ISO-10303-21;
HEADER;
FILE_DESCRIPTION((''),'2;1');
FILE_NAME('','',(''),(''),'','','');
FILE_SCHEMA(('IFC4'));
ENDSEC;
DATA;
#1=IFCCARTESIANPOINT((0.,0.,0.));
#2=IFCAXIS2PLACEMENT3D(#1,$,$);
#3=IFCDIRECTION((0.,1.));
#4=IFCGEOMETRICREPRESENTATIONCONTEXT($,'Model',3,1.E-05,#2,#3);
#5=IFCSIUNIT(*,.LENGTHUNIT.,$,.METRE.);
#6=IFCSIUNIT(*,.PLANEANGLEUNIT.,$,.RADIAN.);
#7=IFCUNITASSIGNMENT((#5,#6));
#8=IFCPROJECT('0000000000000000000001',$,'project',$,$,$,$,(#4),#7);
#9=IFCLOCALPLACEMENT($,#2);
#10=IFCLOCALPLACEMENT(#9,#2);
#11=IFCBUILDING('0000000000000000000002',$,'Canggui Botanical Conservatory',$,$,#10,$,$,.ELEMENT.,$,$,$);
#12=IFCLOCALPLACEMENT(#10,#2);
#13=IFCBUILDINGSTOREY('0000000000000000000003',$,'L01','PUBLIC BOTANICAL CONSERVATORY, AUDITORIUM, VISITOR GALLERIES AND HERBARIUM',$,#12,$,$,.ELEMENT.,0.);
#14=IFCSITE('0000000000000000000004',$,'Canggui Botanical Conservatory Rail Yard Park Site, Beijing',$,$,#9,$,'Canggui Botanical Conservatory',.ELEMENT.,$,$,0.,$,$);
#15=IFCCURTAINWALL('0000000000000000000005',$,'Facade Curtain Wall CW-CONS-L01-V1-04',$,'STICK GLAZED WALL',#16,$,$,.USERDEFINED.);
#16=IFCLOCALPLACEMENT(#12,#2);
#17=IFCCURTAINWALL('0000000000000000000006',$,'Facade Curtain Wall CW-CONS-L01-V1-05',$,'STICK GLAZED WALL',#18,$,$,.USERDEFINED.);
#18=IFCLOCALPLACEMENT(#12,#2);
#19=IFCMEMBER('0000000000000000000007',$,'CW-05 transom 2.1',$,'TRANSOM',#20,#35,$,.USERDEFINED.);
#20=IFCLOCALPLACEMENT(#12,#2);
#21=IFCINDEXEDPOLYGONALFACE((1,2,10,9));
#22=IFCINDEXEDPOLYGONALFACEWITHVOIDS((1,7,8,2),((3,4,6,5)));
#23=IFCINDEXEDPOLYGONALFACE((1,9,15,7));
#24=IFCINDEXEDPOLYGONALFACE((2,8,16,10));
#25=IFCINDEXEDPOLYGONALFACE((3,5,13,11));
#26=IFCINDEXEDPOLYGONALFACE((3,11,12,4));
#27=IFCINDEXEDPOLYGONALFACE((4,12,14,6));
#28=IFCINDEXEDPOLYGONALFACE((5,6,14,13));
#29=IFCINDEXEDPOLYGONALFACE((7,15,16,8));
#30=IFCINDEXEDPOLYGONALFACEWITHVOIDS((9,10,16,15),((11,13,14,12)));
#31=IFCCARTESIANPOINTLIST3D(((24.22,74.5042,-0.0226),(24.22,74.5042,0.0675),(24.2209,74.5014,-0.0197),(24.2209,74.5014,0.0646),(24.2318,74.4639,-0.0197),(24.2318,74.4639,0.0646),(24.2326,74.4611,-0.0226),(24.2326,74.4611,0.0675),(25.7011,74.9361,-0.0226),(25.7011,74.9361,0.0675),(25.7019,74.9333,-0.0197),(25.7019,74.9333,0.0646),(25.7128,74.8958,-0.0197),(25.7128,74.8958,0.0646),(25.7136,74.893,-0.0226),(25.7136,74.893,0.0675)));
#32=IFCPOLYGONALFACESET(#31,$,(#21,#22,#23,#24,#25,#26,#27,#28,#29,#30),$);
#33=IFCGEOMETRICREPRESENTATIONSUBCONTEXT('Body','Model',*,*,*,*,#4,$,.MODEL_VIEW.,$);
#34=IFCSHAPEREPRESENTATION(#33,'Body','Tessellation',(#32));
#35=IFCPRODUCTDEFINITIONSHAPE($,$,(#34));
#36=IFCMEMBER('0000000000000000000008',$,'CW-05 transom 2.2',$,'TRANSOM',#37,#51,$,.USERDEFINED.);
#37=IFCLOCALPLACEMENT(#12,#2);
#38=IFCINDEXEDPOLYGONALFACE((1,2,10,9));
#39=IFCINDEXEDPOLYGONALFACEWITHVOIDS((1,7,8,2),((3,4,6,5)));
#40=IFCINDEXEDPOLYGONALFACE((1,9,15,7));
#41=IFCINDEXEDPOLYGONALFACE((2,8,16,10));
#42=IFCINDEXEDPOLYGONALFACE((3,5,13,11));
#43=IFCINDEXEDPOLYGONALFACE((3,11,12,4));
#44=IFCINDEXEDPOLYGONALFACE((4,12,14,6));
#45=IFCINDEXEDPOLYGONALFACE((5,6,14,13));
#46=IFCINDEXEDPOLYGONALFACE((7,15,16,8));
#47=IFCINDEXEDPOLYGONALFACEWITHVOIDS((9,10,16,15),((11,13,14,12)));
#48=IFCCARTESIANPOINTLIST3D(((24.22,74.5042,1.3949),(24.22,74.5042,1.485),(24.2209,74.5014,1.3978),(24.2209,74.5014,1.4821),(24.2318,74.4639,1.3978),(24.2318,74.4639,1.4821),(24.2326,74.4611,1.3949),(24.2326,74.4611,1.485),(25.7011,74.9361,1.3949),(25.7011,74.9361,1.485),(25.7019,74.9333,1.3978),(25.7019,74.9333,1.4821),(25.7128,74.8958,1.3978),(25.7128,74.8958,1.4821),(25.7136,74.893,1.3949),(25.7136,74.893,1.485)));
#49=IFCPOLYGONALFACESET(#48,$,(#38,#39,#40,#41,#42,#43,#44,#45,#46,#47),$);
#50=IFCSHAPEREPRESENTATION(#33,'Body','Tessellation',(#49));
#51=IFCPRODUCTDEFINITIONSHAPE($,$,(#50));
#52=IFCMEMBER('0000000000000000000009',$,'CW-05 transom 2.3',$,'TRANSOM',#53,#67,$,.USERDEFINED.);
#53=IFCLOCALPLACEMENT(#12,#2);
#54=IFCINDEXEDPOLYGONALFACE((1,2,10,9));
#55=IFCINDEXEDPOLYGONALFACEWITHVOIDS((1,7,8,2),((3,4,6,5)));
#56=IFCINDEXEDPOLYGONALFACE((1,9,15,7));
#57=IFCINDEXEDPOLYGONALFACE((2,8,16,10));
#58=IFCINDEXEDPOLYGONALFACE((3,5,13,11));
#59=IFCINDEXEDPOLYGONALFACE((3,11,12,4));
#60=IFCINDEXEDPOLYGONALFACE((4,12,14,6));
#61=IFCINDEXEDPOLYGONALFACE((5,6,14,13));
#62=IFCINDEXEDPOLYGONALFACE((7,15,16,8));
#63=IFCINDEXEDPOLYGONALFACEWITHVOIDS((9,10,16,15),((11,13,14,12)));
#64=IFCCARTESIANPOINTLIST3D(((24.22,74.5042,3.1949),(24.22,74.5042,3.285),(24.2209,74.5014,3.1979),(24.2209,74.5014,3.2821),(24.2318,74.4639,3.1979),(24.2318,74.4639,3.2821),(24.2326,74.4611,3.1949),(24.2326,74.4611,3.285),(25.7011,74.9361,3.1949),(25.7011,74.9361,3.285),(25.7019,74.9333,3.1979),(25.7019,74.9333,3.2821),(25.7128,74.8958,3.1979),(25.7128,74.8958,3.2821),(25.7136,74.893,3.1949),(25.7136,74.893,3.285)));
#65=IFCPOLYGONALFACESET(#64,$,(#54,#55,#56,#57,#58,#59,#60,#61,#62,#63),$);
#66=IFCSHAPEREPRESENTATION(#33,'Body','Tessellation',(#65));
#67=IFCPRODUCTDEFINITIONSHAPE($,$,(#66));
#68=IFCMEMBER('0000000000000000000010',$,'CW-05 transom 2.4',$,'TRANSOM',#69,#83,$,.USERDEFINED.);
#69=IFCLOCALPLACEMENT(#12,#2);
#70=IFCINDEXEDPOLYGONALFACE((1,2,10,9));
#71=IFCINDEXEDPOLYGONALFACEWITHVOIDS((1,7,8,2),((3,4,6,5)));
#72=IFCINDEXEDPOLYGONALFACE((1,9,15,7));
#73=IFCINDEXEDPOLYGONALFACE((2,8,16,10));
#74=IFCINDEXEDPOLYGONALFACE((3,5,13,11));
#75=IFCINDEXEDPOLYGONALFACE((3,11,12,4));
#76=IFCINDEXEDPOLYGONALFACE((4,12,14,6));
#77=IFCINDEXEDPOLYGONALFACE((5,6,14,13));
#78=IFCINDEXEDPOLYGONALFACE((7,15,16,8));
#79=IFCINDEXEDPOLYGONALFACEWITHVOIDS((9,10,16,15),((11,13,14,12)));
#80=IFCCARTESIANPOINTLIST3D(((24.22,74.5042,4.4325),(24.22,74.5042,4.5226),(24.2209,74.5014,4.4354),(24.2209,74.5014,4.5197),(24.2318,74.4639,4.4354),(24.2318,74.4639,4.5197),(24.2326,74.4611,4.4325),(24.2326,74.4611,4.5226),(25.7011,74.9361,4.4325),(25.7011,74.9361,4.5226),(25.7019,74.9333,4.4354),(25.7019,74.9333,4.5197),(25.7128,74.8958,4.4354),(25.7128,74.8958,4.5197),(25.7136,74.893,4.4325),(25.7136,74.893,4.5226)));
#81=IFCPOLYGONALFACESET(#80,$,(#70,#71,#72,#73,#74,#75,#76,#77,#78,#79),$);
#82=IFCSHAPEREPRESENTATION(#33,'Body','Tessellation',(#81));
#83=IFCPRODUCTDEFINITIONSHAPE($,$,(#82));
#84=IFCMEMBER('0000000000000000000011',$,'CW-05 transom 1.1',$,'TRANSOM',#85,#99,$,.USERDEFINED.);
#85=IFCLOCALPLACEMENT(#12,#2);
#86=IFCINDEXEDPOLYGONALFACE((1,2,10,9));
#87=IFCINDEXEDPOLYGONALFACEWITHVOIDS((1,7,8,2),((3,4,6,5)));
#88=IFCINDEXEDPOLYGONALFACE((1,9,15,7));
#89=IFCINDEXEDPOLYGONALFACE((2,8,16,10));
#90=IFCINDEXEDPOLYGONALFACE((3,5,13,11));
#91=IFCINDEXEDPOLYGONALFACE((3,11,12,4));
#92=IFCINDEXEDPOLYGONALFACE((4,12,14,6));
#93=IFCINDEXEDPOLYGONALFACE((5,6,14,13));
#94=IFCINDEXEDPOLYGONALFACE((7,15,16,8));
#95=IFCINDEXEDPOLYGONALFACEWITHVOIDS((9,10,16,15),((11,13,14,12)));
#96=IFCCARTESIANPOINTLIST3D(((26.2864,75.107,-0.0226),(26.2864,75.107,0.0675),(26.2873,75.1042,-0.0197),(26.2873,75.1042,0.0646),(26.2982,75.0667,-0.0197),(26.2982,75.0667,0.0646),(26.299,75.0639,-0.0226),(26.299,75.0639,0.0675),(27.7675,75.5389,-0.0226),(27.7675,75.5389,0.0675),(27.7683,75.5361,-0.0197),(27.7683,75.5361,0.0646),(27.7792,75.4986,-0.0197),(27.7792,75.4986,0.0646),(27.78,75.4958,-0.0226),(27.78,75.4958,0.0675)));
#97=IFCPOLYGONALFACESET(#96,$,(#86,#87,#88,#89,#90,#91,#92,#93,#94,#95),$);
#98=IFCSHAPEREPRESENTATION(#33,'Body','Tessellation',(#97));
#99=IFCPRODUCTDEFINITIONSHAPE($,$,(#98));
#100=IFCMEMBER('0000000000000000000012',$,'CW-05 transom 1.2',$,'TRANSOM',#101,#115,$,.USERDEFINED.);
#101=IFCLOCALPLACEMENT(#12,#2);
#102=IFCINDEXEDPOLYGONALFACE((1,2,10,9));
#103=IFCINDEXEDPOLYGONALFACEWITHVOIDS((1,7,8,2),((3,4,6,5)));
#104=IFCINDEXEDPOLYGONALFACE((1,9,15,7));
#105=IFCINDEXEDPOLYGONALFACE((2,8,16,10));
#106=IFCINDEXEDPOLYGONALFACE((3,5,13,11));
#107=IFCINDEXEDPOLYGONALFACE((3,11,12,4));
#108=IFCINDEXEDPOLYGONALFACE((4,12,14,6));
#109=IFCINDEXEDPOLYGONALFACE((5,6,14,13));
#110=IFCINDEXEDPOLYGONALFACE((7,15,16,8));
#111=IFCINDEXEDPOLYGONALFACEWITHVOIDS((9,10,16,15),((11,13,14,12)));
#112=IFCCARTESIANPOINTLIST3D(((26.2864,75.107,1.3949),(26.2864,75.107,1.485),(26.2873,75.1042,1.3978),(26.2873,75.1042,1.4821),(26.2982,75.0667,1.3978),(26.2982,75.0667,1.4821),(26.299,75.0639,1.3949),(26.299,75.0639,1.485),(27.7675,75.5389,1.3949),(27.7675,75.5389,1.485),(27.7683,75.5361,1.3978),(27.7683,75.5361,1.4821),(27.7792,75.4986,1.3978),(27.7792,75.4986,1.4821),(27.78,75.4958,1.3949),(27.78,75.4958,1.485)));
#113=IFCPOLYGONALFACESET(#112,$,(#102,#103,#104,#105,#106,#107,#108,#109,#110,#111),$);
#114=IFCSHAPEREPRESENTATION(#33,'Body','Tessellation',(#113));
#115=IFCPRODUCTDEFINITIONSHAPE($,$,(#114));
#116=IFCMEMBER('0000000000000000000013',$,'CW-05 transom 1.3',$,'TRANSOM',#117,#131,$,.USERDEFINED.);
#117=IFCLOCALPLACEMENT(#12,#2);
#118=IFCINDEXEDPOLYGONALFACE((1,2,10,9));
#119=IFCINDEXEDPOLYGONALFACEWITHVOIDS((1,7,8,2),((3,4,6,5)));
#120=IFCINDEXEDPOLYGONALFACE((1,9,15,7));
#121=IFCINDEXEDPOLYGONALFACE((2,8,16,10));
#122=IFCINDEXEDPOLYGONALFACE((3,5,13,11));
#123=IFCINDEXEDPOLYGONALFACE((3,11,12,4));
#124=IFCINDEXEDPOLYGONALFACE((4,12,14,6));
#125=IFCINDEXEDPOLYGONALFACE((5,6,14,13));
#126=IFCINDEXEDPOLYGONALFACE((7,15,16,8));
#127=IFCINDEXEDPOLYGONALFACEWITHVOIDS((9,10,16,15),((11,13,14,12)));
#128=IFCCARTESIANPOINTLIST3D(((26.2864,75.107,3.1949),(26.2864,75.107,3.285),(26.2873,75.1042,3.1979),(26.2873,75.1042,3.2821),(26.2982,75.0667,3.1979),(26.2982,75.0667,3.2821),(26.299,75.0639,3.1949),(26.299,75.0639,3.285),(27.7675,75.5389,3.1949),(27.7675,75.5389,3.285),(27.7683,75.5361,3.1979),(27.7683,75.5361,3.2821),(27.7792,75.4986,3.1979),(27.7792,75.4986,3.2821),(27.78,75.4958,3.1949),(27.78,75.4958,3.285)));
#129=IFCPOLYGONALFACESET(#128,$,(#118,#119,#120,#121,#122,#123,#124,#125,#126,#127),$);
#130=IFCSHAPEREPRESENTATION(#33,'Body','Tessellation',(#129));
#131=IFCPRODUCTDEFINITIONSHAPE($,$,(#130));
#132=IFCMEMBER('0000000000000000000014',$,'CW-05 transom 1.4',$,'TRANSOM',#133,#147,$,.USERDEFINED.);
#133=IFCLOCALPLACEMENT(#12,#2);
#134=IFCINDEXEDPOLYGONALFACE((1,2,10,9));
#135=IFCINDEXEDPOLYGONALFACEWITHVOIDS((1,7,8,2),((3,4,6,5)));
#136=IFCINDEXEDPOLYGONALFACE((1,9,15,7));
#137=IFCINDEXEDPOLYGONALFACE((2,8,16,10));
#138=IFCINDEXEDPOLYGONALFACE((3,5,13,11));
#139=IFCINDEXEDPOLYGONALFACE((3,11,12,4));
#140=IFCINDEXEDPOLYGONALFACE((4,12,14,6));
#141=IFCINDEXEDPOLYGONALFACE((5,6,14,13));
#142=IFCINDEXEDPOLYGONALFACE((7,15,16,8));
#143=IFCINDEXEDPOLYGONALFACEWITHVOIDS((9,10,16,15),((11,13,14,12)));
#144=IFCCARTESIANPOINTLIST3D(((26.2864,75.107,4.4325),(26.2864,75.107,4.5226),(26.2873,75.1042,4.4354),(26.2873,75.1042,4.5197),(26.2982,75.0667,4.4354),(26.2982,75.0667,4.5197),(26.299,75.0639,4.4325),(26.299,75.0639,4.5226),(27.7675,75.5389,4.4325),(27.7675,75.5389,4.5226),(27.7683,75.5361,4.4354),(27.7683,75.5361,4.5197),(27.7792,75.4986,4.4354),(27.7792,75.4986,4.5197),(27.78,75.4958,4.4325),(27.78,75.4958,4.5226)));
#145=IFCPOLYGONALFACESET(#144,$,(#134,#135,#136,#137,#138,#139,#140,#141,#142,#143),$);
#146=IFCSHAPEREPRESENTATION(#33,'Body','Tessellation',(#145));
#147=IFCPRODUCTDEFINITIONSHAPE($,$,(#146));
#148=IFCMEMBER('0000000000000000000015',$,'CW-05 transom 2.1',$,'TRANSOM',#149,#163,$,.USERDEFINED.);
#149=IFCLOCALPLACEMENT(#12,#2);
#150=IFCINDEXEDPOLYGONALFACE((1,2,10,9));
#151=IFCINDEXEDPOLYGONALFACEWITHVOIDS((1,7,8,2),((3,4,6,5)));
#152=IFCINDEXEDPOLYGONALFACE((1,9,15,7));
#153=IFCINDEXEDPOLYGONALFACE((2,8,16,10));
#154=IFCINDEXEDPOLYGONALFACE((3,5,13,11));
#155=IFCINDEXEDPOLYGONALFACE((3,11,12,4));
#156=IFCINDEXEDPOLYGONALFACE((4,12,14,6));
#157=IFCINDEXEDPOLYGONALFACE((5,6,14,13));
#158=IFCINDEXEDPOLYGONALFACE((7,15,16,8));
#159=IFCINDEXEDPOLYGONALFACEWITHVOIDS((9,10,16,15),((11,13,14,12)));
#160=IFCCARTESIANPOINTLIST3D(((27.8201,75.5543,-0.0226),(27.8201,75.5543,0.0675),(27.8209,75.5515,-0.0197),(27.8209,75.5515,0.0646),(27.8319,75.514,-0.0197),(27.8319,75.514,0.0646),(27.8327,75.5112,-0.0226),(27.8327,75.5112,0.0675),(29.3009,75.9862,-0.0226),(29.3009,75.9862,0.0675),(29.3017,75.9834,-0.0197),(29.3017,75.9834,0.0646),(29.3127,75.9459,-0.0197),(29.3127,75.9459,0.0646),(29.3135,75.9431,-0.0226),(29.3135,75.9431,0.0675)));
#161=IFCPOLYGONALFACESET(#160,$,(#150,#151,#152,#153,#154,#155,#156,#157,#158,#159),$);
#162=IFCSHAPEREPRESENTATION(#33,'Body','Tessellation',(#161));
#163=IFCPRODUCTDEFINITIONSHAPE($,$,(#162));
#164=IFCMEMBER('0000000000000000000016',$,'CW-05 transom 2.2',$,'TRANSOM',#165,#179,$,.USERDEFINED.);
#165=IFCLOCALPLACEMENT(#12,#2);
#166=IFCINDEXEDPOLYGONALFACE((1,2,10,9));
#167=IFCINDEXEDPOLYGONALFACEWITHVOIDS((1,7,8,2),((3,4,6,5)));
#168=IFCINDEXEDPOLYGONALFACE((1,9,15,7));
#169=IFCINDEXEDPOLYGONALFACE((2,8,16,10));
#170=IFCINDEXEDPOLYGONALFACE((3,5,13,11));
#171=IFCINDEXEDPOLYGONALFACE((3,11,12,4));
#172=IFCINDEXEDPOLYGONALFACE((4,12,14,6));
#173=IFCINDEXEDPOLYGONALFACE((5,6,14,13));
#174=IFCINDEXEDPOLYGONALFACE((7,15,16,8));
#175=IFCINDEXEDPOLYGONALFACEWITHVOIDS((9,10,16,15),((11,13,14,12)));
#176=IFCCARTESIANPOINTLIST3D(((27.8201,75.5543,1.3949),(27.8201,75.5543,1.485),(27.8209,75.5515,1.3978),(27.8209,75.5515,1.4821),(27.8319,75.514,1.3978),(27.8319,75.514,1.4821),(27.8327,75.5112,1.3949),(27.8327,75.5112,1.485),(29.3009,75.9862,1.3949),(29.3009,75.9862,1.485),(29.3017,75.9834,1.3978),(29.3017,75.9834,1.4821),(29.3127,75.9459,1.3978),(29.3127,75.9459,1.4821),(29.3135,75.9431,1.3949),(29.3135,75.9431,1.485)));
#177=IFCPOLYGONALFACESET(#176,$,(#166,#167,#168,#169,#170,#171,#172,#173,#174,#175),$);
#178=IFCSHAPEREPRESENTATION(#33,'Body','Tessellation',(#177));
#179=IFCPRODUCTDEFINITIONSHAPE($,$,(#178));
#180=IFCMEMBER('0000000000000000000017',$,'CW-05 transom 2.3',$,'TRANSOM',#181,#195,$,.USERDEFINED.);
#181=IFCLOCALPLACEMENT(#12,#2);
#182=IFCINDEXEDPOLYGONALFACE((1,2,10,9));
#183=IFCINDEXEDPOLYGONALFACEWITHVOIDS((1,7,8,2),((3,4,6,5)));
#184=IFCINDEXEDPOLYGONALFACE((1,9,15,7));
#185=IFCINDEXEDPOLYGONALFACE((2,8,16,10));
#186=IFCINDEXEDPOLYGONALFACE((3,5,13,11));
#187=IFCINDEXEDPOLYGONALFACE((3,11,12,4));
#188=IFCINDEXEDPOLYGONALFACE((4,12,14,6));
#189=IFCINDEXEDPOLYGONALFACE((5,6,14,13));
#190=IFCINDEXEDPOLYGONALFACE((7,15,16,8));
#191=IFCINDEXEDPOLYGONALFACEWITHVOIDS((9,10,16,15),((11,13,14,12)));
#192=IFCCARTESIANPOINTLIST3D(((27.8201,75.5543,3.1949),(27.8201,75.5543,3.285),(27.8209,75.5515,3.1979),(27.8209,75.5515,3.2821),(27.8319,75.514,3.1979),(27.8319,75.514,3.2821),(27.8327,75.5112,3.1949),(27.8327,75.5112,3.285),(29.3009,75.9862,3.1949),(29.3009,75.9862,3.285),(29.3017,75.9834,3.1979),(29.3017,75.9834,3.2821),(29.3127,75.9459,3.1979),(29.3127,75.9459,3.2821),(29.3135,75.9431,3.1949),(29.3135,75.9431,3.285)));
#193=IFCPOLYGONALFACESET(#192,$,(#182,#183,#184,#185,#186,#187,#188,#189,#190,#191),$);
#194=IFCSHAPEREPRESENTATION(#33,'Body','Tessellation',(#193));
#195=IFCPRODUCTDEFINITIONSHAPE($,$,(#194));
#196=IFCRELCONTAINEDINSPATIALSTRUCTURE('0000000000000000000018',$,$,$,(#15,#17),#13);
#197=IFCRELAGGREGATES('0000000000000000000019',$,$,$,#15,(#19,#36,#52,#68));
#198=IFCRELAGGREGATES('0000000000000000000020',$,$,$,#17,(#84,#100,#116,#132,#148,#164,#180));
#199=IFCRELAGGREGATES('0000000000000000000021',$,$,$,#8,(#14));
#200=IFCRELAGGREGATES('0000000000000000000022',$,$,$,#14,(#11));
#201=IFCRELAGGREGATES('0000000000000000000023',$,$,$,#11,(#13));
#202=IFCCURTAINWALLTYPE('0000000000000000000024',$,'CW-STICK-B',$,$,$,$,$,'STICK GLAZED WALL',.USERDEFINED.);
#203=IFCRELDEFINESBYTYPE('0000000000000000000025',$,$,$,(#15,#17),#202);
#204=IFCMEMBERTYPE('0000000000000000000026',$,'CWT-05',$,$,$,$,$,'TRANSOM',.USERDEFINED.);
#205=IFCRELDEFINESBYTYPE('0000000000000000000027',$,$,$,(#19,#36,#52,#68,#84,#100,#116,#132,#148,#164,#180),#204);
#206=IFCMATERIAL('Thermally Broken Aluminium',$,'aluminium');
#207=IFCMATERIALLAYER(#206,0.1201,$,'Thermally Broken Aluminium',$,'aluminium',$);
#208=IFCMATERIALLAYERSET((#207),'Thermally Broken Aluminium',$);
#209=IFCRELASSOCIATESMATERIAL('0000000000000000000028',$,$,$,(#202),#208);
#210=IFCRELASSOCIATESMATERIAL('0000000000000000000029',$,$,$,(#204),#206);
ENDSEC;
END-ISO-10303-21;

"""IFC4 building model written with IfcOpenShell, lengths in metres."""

from ifc_helpers import new_model, si_unit, direction, frame, origin, origin_2d, place, context, subcontext, project, spatial, hollow_rectangle, extrude, material, layer, layer_set, material_profile, profile_set, type_object, element, aggregate, save


model = new_model("IFC4")

# Units and contexts
model_context = context("Model", 3, precision=1e-05, world=origin(), true_north=direction((0.0, 1.0)))
body_context = subcontext(model_context, "Body", "Model", "MODEL_VIEW")
ifc_project = project(units=[si_unit("LENGTHUNIT", "METRE"), si_unit("PLANEANGLEUNIT", "RADIAN")], contexts=[model_context])

# Site, building, storey
site_placement = place(None, origin())
site = spatial("IfcSite", under=ifc_project, at=site_placement, Name="Canggui Botanical Conservatory Rail Yard Park Site, Beijing", LongName="Canggui Botanical Conservatory", CompositionType="ELEMENT", RefElevation=0.0)
building_placement = place(site_placement, origin())
building = spatial("IfcBuilding", under=site, at=building_placement, Name="Canggui Botanical Conservatory", CompositionType="ELEMENT")
storey_placement = place(building_placement, origin())
storey = spatial("IfcBuildingStorey", under=building, at=storey_placement, Name="L01", Description="PUBLIC BOTANICAL CONSERVATORY, AUDITORIUM, VISITOR GALLERIES AND HERBARIUM", CompositionType="ELEMENT", Elevation=0.0)

# Curtain walls
ifc_material_1 = material(Name="Thermally Broken Aluminium", Category="aluminium")
ifc_layer_1 = layer(ifc_material_1, 0.1201, Name="Thermally Broken Aluminium", Category="aluminium")
ifc_layer_set_1 = layer_set([ifc_layer_1], Name="Thermally Broken Aluminium")
curtain_wall_type = type_object("IfcCurtainWallType", Name="CW-STICK-B", ElementType="STICK GLAZED WALL", PredefinedType="USERDEFINED", material=ifc_layer_set_1)
curtain_wall_1_placement = place(storey_placement, origin())
curtain_wall_1 = element("IfcCurtainWall", 1, at=curtain_wall_1_placement, inside=storey, type_object=curtain_wall_type, Name="Facade Curtain Wall CW-CONS-L01-V1-04", ObjectType="STICK GLAZED WALL", PredefinedType="USERDEFINED")
curtain_wall_2_placement = place(storey_placement, origin())
curtain_wall_2 = element("IfcCurtainWall", 2, at=curtain_wall_2_placement, inside=storey, type_object=curtain_wall_type, Name="Facade Curtain Wall CW-CONS-L01-V1-05", ObjectType="STICK GLAZED WALL", PredefinedType="USERDEFINED")

# Members
ifc_material_profile_1 = material_profile(ifc_material_1, hollow_rectangle(XDim=0.0449, YDim=0.0901, WallThickness=0.0029, at=origin_2d()), Name="CWT 45x90x3")
ifc_profile_set_1 = profile_set([ifc_material_profile_1], Name="Thermally Broken Aluminium")
member_type_1 = type_object("IfcMemberType", Name="CWT-05", ElementType="TRANSOM", PredefinedType="USERDEFINED", material=ifc_profile_set_1)
member_1_placement = place(storey_placement, frame((24.2263, 74.4827, 0.0225), z_axis=(0.960011, 0.279964, 0.0), x_axis=(-0.279964, 0.960011, 0.0)))
member_1 = element("IfcMember", 3, at=member_1_placement, type_object=member_type_1, Name="CW-05 transom 2.1", ObjectType="TRANSOM", PredefinedType="USERDEFINED", context=body_context, shape_type="SweptSolid", body=[
    extrude(hollow_rectangle(XDim=0.0449, YDim=0.0901, WallThickness=0.0029, at=origin_2d()), origin(), (0.0, 0.0, 1.0), 1.5427),
])
member_2_placement = place(storey_placement, frame((24.2263, 74.4827, 1.4399), z_axis=(0.960011, 0.279964, 0.0), x_axis=(-0.279964, 0.960011, 0.0)))
member_2 = element("IfcMember", 4, at=member_2_placement, type_object=member_type_1, Name="CW-05 transom 2.2", ObjectType="TRANSOM", PredefinedType="USERDEFINED", context=body_context, shape_type="SweptSolid", body=[
    extrude(hollow_rectangle(XDim=0.0449, YDim=0.0901, WallThickness=0.0029, at=origin_2d()), origin(), (0.0, 0.0, 1.0), 1.5427),
])
member_3_placement = place(storey_placement, frame((24.2263, 74.4827, 3.24), z_axis=(0.960011, 0.279964, 0.0), x_axis=(-0.279964, 0.960011, 0.0)))
member_3 = element("IfcMember", 5, at=member_3_placement, type_object=member_type_1, Name="CW-05 transom 2.3", ObjectType="TRANSOM", PredefinedType="USERDEFINED", context=body_context, shape_type="SweptSolid", body=[
    extrude(hollow_rectangle(XDim=0.0449, YDim=0.0901, WallThickness=0.0029, at=origin_2d()), origin(), (0.0, 0.0, 1.0), 1.5427),
])
member_4_placement = place(storey_placement, frame((24.2263, 74.4827, 4.4775), z_axis=(0.960011, 0.279964, 0.0), x_axis=(-0.279964, 0.960011, 0.0)))
member_4 = element("IfcMember", 6, at=member_4_placement, type_object=member_type_1, Name="CW-05 transom 2.4", ObjectType="TRANSOM", PredefinedType="USERDEFINED", context=body_context, shape_type="SweptSolid", body=[
    extrude(hollow_rectangle(XDim=0.0449, YDim=0.0901, WallThickness=0.0029, at=origin_2d()), origin(), (0.0, 0.0, 1.0), 1.5427),
])
member_5_placement = place(storey_placement, frame((26.2927, 75.0854, 0.0225), z_axis=(0.960011, 0.279964, 0.0), x_axis=(-0.279964, 0.960011, 0.0)))
member_5 = element("IfcMember", 7, at=member_5_placement, type_object=member_type_1, Name="CW-05 transom 1.1", ObjectType="TRANSOM", PredefinedType="USERDEFINED", context=body_context, shape_type="SweptSolid", body=[
    extrude(hollow_rectangle(XDim=0.0449, YDim=0.0901, WallThickness=0.0029, at=origin_2d()), origin(), (0.0, 0.0, 1.0), 1.5427),
])
member_6_placement = place(storey_placement, frame((26.2927, 75.0854, 1.4399), z_axis=(0.960011, 0.279964, 0.0), x_axis=(-0.279964, 0.960011, 0.0)))
member_6 = element("IfcMember", 8, at=member_6_placement, type_object=member_type_1, Name="CW-05 transom 1.2", ObjectType="TRANSOM", PredefinedType="USERDEFINED", context=body_context, shape_type="SweptSolid", body=[
    extrude(hollow_rectangle(XDim=0.0449, YDim=0.0901, WallThickness=0.0029, at=origin_2d()), origin(), (0.0, 0.0, 1.0), 1.5427),
])
member_7_placement = place(storey_placement, frame((26.2927, 75.0854, 3.24), z_axis=(0.960011, 0.279964, 0.0), x_axis=(-0.279964, 0.960011, 0.0)))
member_7 = element("IfcMember", 9, at=member_7_placement, type_object=member_type_1, Name="CW-05 transom 1.3", ObjectType="TRANSOM", PredefinedType="USERDEFINED", context=body_context, shape_type="SweptSolid", body=[
    extrude(hollow_rectangle(XDim=0.0449, YDim=0.0901, WallThickness=0.0029, at=origin_2d()), origin(), (0.0, 0.0, 1.0), 1.5427),
])
member_8_placement = place(storey_placement, frame((26.2927, 75.0854, 4.4775), z_axis=(0.960011, 0.279964, 0.0), x_axis=(-0.279964, 0.960011, 0.0)))
member_8 = element("IfcMember", 10, at=member_8_placement, type_object=member_type_1, Name="CW-05 transom 1.4", ObjectType="TRANSOM", PredefinedType="USERDEFINED", context=body_context, shape_type="SweptSolid", body=[
    extrude(hollow_rectangle(XDim=0.0449, YDim=0.0901, WallThickness=0.0029, at=origin_2d()), origin(), (0.0, 0.0, 1.0), 1.5427),
])
member_9_placement = place(storey_placement, frame((27.8264, 75.5327, 0.0225), z_axis=(0.959998, 0.280006, 0.0), x_axis=(-0.280006, 0.959998, 0.0)))
member_9 = element("IfcMember", 11, at=member_9_placement, type_object=member_type_1, Name="CW-05 transom 2.1", ObjectType="TRANSOM", PredefinedType="USERDEFINED", context=body_context, shape_type="SweptSolid", body=[
    extrude(hollow_rectangle(XDim=0.0449, YDim=0.0901, WallThickness=0.0029, at=origin_2d()), origin(), (0.0, 0.0, 1.0), 1.5425),
])
member_10_placement = place(storey_placement, frame((27.8264, 75.5327, 1.4399), z_axis=(0.959998, 0.280006, 0.0), x_axis=(-0.280006, 0.959998, 0.0)))
member_10 = element("IfcMember", 12, at=member_10_placement, type_object=member_type_1, Name="CW-05 transom 2.2", ObjectType="TRANSOM", PredefinedType="USERDEFINED", context=body_context, shape_type="SweptSolid", body=[
    extrude(hollow_rectangle(XDim=0.0449, YDim=0.0901, WallThickness=0.0029, at=origin_2d()), origin(), (0.0, 0.0, 1.0), 1.5425),
])
member_11_placement = place(storey_placement, frame((27.8264, 75.5327, 3.24), z_axis=(0.959998, 0.280006, 0.0), x_axis=(-0.280006, 0.959998, 0.0)))
member_11 = element("IfcMember", 13, at=member_11_placement, type_object=member_type_1, Name="CW-05 transom 2.3", ObjectType="TRANSOM", PredefinedType="USERDEFINED", context=body_context, shape_type="SweptSolid", body=[
    extrude(hollow_rectangle(XDim=0.0449, YDim=0.0901, WallThickness=0.0029, at=origin_2d()), origin(), (0.0, 0.0, 1.0), 1.5425),
])

aggregate(curtain_wall_1, [member_1, member_2, member_3, member_4])
aggregate(curtain_wall_2, [member_5, member_6, member_7, member_8, member_9, member_10, member_11])

save(model, "model.ifc")
